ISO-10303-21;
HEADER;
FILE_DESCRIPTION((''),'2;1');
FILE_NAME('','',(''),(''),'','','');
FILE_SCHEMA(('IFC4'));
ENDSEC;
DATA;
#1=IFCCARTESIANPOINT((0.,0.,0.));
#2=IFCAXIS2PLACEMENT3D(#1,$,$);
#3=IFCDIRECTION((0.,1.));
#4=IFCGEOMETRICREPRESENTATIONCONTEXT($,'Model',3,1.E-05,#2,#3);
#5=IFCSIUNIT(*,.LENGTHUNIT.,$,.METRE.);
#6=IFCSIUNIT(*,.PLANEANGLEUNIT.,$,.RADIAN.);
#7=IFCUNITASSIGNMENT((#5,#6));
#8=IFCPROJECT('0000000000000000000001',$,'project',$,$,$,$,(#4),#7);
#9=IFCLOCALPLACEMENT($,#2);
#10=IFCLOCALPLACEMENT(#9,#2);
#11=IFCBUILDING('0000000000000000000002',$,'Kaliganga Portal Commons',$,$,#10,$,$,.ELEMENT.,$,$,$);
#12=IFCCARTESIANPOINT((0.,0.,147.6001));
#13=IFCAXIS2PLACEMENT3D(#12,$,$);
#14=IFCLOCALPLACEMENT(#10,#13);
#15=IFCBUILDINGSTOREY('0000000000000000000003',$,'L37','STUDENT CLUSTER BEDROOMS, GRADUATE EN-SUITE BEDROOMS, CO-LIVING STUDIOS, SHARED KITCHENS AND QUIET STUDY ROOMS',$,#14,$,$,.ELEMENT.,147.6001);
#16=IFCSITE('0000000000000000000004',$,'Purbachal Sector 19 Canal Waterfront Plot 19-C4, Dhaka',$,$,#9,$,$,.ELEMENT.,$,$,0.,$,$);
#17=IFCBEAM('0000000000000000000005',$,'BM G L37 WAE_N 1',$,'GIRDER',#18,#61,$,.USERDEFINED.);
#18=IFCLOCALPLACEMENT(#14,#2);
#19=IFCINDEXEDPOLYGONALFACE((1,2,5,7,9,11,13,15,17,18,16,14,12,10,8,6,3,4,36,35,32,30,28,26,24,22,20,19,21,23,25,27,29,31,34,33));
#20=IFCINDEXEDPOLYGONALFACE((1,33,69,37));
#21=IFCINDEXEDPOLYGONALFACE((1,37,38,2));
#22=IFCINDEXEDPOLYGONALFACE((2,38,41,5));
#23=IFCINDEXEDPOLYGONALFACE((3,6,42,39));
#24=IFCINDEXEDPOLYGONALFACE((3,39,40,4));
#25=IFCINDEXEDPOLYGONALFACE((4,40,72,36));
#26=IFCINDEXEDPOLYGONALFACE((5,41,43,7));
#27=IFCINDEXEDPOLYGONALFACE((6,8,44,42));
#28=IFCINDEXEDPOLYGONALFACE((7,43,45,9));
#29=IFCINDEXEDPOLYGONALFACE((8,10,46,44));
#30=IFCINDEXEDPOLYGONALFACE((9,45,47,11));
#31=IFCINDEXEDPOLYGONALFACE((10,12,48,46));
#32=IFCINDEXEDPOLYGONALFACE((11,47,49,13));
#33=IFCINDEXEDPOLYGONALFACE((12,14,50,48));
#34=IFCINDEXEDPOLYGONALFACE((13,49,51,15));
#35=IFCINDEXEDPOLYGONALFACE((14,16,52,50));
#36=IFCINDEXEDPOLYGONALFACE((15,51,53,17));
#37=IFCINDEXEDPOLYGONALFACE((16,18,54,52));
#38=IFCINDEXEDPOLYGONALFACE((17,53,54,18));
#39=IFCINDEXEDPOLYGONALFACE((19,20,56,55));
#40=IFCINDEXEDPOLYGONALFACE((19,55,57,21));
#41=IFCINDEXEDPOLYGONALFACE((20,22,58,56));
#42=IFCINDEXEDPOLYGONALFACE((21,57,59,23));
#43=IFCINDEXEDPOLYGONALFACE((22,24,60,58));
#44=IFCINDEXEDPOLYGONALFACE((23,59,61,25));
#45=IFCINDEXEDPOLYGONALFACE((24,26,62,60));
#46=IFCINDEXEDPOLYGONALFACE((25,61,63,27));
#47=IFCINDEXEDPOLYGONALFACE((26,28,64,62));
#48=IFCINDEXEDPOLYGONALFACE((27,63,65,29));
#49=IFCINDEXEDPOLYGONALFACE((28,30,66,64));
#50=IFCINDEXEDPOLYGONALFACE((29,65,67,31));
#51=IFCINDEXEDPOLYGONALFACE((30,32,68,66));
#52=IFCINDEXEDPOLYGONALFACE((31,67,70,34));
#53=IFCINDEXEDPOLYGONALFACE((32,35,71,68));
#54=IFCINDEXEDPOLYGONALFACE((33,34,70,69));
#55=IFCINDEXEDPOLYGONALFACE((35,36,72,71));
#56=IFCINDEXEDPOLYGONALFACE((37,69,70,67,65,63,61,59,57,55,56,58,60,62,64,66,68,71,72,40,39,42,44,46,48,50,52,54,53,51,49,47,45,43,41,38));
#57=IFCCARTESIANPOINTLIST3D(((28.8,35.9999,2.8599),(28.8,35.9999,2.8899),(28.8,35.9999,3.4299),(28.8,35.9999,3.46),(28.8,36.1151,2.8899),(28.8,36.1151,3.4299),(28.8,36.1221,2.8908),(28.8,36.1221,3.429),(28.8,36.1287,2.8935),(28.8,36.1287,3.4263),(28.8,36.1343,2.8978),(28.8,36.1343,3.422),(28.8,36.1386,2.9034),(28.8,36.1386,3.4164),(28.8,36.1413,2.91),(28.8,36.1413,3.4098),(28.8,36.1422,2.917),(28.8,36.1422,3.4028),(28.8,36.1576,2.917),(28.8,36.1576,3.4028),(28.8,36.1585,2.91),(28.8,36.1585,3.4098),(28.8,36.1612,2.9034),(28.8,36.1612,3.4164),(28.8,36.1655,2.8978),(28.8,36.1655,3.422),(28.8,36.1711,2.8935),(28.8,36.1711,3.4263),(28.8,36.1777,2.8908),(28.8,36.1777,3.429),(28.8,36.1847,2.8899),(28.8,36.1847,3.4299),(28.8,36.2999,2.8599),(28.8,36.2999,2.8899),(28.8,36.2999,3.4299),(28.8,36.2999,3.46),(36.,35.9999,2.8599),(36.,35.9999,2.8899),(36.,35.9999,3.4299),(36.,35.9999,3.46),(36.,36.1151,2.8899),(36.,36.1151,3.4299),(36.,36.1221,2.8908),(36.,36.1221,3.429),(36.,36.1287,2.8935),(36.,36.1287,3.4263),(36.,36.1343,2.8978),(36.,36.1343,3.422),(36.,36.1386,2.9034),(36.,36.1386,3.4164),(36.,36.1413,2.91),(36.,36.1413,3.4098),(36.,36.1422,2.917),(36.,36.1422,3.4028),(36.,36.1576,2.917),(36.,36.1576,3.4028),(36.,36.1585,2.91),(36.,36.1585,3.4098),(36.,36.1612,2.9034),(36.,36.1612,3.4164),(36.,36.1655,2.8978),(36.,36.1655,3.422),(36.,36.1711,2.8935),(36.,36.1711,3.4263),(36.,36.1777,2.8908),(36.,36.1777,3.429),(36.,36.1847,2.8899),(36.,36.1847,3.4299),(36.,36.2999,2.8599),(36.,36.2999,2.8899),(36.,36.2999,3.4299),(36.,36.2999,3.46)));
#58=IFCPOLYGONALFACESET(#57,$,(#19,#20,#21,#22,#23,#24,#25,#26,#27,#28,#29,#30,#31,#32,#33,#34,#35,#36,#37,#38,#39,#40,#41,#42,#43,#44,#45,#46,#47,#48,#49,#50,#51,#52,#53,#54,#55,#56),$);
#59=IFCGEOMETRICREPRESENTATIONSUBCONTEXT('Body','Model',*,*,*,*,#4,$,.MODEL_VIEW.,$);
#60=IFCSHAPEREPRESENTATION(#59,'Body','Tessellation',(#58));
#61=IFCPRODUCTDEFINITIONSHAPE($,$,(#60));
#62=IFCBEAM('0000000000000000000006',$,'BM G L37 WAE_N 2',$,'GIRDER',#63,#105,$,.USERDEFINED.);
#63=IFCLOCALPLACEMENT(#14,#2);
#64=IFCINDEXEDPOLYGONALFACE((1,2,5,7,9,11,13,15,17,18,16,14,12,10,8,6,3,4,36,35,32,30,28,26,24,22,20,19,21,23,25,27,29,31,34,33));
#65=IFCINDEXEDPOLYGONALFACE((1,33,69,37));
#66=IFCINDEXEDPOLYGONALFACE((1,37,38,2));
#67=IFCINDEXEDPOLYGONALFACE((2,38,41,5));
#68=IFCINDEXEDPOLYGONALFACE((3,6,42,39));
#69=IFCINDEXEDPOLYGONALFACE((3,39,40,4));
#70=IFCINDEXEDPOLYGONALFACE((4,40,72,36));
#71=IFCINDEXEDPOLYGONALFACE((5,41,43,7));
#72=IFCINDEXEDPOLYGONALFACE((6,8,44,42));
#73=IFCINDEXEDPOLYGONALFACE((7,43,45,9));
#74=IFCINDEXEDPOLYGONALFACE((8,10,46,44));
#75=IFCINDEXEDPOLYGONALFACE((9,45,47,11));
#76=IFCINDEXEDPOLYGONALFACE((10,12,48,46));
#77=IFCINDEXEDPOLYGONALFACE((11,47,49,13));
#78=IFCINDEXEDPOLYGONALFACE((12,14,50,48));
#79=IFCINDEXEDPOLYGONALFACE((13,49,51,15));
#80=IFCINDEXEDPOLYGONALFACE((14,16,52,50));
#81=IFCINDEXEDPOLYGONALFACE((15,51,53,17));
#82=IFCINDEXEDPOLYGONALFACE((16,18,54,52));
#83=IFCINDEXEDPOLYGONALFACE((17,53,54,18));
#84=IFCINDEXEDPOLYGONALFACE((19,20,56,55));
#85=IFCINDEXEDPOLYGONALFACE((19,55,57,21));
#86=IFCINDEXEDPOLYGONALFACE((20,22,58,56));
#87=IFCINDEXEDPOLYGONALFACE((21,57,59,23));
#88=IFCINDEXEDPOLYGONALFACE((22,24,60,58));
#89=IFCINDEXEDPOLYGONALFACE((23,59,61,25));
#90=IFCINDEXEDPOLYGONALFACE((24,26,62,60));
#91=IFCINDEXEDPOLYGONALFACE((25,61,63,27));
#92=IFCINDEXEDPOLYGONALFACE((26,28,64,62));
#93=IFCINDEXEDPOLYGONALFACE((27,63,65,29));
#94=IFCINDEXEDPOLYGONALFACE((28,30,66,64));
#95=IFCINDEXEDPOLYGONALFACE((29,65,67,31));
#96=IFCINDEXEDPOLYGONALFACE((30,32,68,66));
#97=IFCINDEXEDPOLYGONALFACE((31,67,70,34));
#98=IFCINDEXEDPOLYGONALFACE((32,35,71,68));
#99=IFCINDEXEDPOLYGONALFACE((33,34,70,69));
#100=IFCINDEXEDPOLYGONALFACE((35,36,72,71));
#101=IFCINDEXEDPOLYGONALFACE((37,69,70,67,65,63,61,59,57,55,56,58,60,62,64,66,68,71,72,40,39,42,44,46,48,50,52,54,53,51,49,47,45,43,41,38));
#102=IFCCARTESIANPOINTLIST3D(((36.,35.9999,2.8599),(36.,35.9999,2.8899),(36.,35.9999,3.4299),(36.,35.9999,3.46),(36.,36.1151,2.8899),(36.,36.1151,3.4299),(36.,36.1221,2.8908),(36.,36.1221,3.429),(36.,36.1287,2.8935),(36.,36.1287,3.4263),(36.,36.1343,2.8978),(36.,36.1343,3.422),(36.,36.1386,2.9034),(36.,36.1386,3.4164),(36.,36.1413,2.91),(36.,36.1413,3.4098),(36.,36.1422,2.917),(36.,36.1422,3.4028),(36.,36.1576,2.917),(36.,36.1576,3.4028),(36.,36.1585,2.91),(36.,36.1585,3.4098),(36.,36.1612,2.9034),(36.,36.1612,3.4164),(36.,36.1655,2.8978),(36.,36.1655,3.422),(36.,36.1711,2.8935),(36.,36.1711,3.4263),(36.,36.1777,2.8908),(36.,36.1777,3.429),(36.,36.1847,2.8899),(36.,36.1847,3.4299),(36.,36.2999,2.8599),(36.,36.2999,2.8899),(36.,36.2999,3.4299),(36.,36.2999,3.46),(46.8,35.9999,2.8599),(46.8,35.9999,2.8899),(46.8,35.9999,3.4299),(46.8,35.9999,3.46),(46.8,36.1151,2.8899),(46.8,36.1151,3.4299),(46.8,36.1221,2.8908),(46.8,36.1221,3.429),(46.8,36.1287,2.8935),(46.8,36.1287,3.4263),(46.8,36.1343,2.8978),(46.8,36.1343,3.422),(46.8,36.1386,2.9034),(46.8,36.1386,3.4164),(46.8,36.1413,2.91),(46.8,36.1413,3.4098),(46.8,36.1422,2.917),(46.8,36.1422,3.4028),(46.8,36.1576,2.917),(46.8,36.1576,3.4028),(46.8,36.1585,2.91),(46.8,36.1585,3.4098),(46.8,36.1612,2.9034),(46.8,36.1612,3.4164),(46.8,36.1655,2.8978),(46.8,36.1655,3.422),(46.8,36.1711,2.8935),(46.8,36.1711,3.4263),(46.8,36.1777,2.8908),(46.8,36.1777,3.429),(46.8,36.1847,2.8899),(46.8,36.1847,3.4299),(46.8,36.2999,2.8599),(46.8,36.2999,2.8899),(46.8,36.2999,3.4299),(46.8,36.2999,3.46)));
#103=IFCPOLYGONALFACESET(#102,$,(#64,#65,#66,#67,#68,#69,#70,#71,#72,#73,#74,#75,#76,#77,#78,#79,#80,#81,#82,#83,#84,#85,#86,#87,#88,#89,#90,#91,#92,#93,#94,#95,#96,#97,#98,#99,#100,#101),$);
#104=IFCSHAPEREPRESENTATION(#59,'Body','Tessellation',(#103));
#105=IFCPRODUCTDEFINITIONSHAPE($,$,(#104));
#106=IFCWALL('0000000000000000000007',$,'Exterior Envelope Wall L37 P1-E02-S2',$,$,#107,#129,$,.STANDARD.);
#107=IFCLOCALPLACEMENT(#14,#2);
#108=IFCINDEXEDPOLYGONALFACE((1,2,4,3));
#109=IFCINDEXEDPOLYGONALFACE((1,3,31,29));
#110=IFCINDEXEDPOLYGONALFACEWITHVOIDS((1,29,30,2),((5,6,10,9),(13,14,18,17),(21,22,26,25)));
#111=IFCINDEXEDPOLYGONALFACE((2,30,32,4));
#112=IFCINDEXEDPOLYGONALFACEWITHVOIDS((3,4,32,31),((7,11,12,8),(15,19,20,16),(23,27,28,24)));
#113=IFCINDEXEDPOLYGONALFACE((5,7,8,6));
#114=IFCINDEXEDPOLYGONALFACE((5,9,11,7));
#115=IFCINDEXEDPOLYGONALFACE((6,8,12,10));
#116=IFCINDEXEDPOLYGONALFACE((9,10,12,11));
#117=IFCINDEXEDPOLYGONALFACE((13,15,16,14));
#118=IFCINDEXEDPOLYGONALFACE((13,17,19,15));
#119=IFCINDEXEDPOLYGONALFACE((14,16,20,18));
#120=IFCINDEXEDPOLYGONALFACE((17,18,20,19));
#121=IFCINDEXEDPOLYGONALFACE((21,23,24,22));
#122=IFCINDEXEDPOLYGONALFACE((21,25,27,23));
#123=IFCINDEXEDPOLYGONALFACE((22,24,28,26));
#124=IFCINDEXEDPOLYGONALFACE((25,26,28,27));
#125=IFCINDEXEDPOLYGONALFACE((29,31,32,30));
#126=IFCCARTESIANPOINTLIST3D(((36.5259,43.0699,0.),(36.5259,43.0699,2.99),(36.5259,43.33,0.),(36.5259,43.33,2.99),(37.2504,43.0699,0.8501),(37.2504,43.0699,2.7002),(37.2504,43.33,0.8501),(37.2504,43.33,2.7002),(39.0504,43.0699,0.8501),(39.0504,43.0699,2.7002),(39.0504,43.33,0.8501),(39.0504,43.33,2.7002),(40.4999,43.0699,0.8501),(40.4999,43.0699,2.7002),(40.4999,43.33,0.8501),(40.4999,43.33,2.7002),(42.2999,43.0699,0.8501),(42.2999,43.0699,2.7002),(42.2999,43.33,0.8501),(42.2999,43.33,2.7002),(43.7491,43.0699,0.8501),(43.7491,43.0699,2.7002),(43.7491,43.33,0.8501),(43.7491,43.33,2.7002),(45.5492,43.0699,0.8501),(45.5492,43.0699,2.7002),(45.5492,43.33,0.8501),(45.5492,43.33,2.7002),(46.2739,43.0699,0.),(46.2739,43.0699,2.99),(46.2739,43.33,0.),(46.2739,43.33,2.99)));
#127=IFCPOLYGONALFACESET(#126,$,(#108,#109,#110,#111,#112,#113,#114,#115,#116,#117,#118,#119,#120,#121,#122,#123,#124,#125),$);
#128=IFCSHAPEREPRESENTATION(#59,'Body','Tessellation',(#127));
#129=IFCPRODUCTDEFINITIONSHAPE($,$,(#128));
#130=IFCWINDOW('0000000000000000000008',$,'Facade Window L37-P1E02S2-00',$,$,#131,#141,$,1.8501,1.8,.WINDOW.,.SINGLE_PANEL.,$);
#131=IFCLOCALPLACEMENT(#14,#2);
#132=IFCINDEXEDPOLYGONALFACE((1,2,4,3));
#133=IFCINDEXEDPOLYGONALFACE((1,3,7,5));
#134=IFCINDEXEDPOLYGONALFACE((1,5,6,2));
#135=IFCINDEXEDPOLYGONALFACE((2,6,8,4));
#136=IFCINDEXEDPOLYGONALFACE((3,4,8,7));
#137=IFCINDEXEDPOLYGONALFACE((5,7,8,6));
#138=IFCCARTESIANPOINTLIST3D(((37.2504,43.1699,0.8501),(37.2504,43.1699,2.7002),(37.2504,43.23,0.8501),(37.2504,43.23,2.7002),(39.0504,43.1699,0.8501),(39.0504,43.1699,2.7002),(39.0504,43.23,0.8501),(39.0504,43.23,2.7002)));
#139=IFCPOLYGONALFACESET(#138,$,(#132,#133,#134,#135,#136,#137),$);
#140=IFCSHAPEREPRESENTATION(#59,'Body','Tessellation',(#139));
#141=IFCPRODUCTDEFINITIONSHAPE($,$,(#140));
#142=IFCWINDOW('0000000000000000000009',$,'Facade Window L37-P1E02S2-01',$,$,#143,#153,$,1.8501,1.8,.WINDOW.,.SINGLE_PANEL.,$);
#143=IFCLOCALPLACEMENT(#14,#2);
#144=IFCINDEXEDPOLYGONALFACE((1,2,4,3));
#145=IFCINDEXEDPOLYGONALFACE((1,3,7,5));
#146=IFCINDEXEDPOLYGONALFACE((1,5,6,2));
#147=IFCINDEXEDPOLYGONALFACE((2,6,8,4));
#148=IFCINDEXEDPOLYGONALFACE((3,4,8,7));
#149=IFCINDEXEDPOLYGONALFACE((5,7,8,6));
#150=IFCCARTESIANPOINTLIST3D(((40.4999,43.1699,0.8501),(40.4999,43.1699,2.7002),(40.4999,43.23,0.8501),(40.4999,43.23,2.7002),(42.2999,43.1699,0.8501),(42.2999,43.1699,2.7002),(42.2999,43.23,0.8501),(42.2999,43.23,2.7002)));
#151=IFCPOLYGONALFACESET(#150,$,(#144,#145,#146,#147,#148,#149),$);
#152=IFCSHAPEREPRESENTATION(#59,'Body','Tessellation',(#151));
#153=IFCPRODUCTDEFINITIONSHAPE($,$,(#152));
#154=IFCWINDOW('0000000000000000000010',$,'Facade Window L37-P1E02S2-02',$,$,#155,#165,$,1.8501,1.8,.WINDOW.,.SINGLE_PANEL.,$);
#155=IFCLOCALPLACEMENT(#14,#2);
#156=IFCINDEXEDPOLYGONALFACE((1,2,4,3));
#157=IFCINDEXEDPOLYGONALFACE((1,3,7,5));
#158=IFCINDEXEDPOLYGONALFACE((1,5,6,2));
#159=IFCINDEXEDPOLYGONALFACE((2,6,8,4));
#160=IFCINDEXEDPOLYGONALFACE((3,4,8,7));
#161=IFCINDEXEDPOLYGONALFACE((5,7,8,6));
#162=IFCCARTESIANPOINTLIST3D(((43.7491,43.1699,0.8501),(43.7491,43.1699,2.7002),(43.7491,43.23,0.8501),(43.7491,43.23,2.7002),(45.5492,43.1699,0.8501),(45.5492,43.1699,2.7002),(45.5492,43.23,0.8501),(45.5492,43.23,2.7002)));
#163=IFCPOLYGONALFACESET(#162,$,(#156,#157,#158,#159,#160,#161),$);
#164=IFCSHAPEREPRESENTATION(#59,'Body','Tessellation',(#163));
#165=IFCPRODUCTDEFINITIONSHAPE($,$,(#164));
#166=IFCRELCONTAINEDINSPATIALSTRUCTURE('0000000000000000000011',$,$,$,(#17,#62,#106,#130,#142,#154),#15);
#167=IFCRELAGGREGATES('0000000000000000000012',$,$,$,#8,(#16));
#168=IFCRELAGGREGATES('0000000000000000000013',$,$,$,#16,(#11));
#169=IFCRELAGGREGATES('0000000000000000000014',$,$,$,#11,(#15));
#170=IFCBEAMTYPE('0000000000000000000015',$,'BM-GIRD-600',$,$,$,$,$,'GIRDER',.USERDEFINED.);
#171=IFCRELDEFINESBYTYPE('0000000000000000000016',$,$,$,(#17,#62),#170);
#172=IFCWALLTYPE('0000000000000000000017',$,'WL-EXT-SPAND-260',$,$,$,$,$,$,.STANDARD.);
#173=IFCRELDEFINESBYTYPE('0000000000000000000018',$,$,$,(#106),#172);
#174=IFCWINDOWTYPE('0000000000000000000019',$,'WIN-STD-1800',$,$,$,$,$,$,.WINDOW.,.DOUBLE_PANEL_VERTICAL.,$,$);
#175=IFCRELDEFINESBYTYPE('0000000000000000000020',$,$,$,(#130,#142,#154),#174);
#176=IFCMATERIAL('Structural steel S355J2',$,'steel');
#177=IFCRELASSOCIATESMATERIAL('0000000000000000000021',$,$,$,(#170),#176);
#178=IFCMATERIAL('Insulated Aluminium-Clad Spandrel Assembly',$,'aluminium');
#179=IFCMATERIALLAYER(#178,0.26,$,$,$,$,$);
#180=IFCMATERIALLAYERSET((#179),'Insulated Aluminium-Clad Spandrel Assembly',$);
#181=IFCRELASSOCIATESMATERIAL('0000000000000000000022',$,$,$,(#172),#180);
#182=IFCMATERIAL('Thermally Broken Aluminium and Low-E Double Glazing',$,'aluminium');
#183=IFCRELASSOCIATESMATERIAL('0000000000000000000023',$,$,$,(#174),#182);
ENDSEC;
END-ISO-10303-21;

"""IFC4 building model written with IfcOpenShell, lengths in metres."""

from ifc_helpers import new_model, si_unit, direction, frame, frame_2d, origin, origin_2d, place, context, subcontext, project, spatial, rectangle, i_section, extrude, source, transform, mapped, material, layer, layer_set, material_profile, profile_set, type_object, element, fill, save


model = new_model("IFC4")

# Units and contexts
model_context = context("Model", 3, precision=1e-05, world=origin(), true_north=direction((0.0, 1.0)))
body_context = subcontext(model_context, "Body", "Model", "MODEL_VIEW")
ifc_project = project(units=[si_unit("LENGTHUNIT", "METRE"), si_unit("PLANEANGLEUNIT", "RADIAN")], contexts=[model_context])

# Site, building, storey
site_placement = place(None, origin())
site = spatial("IfcSite", under=ifc_project, at=site_placement, Name="Purbachal Sector 19 Canal Waterfront Plot 19-C4, Dhaka", CompositionType="ELEMENT", RefElevation=0.0)
building_placement = place(site_placement, origin())
building = spatial("IfcBuilding", under=site, at=building_placement, Name="Kaliganga Portal Commons", CompositionType="ELEMENT")
storey_placement = place(building_placement, frame((0.0, 0.0, 147.6001)))
storey = spatial("IfcBuildingStorey", under=building, at=storey_placement, Name="L37", Description="STUDENT CLUSTER BEDROOMS, GRADUATE EN-SUITE BEDROOMS, CO-LIVING STUDIOS, SHARED KITCHENS AND QUIET STUDY ROOMS", CompositionType="ELEMENT", Elevation=147.6001)

# Beams
ifc_material_1 = material(Name="Structural steel S355J2", Category="steel")
ifc_material_profile_1 = material_profile(ifc_material_1, i_section(OverallWidth=0.3, OverallDepth=0.6001, WebThickness=0.0154, FlangeThickness=0.03, FilletRadius=0.0271, at=origin_2d()), Name="HE 600 B")
ifc_profile_set_1 = profile_set([ifc_material_profile_1], Name="Structural steel S355J2 wide-flange")
beam_type_1 = type_object("IfcBeamType", Name="BM-GIRD-600", ElementType="GIRDER", PredefinedType="USERDEFINED", material=ifc_profile_set_1)
shared_shape_1 = source(origin(), body_context, "Body", "SweptSolid", [
    extrude(i_section(OverallWidth=0.3, OverallDepth=0.6001, WebThickness=0.0154, FlangeThickness=0.03, FilletRadius=0.0271, at=origin_2d()), origin(), (0.0, 0.0, 1.0), 7.2),
])
beam_1_placement = place(storey_placement, frame((28.8, 36.1499, 3.1599), z_axis=(1.0, 0.0, 0.0), x_axis=(0.0, 1.0, 0.0)))
element("IfcBeam", 1, at=beam_1_placement, inside=storey, type_object=beam_type_1, Name="BM G L37 WAE_N 1", ObjectType="GIRDER", PredefinedType="USERDEFINED", context=body_context, shape_type="MappedRepresentation", body=[
    mapped(shared_shape_1, transform((0.0, 0.0, 0.0), x_axis=(1.0, 0.0, 0.0), y_axis=(0.0, 1.0, 0.0), z_axis=(0.0, 0.0, 1.0), scale=1.0)),
])
shared_shape_2 = source(origin(), body_context, "Body", "SweptSolid", [
    extrude(i_section(OverallWidth=0.3, OverallDepth=0.6001, WebThickness=0.0154, FlangeThickness=0.03, FilletRadius=0.0271, at=origin_2d()), origin(), (0.0, 0.0, 1.0), 10.8),
])
beam_2_placement = place(storey_placement, frame((36.0, 36.1499, 3.1599), z_axis=(1.0, 0.0, 0.0), x_axis=(0.0, 1.0, 0.0)))
element("IfcBeam", 2, at=beam_2_placement, inside=storey, type_object=beam_type_1, Name="BM G L37 WAE_N 2", ObjectType="GIRDER", PredefinedType="USERDEFINED", context=body_context, shape_type="MappedRepresentation", body=[
    mapped(shared_shape_2, transform((0.0, 0.0, 0.0), x_axis=(1.0, 0.0, 0.0), y_axis=(0.0, 1.0, 0.0), z_axis=(0.0, 0.0, 1.0), scale=1.0)),
])

# Wall, openings, windows
ifc_material_2 = material(Name="Insulated Aluminium-Clad Spandrel Assembly", Category="aluminium")
ifc_layer_1 = layer(ifc_material_2, 0.26)
ifc_layer_set_1 = layer_set([ifc_layer_1], Name="Insulated Aluminium-Clad Spandrel Assembly")
wall_type_1 = type_object("IfcWallType", Name="WL-EXT-SPAND-260", PredefinedType="STANDARD", material=ifc_layer_set_1)
wall_1_placement = place(storey_placement, frame((36.5259, 43.2, 0.0), z_axis=(0.0, 0.0, 1.0), x_axis=(1.0, 0.0, 0.0)))
wall_1 = element("IfcWall", 3, at=wall_1_placement, inside=storey, type_object=wall_type_1, Name="Exterior Envelope Wall L37 P1-E02-S2", PredefinedType="STANDARD", context=body_context, shape_type="SweptSolid", body=[
    extrude(rectangle(XDim=9.748, YDim=0.26, at=frame_2d((4.874, 0.0))), origin(), (0.0, 0.0, 1.0), 2.99),
])
opening_1_placement = place(wall_1_placement, frame((0.7246, 0.0, 0.8501)))
opening_1 = element("IfcOpeningElement", 4, at=opening_1_placement, cuts=wall_1, PredefinedType="OPENING", context=body_context, shape_type="SweptSolid", body=[
    extrude(rectangle(XDim=1.8, YDim=1.8501, at=frame_2d((0.8999, 0.925))), frame((0.0, 0.1401, 0.0), z_axis=(0.0, -1.0, 0.0), x_axis=(1.0, 0.0, 0.0)), (0.0, 0.0, 1.0), 0.28),
])
opening_2_placement = place(wall_1_placement, frame((3.9741, 0.0, 0.8501)))
opening_2 = element("IfcOpeningElement", 5, at=opening_2_placement, cuts=wall_1, PredefinedType="OPENING", context=body_context, shape_type="SweptSolid", body=[
    extrude(rectangle(XDim=1.8, YDim=1.8501, at=frame_2d((0.8999, 0.925))), frame((0.0, 0.1401, 0.0), z_axis=(0.0, -1.0, 0.0), x_axis=(1.0, 0.0, 0.0)), (0.0, 0.0, 1.0), 0.28),
])
opening_3_placement = place(wall_1_placement, frame((7.2234, 0.0, 0.8501)))
opening_3 = element("IfcOpeningElement", 6, at=opening_3_placement, cuts=wall_1, PredefinedType="OPENING", context=body_context, shape_type="SweptSolid", body=[
    extrude(rectangle(XDim=1.8, YDim=1.8501, at=frame_2d((0.8999, 0.925))), frame((0.0, 0.1401, 0.0), z_axis=(0.0, -1.0, 0.0), x_axis=(1.0, 0.0, 0.0)), (0.0, 0.0, 1.0), 0.28),
])
ifc_material_3 = material(Name="Thermally Broken Aluminium and Low-E Double Glazing", Category="aluminium")
window_type_1 = type_object("IfcWindowType", Name="WIN-STD-1800", PartitioningType="DOUBLE_PANEL_VERTICAL", PredefinedType="WINDOW", material=ifc_material_3)
window_1_placement = place(opening_1_placement, origin())
window_1 = element("IfcWindow", 7, at=window_1_placement, inside=storey, type_object=window_type_1, Name="Facade Window L37-P1E02S2-00", OverallHeight=1.8501, OverallWidth=1.8, PartitioningType="SINGLE_PANEL", PredefinedType="WINDOW", context=body_context, shape_type="SweptSolid", body=[
    extrude(rectangle(XDim=1.8, YDim=1.8501, at=frame_2d((0.8999, 0.925))), frame((0.0, 0.03, 0.0), z_axis=(0.0, -1.0, 0.0), x_axis=(1.0, 0.0, 0.0)), (0.0, 0.0, 1.0), 0.0601),
])
fill(opening_1, window_1)
window_2_placement = place(opening_2_placement, origin())
window_2 = element("IfcWindow", 8, at=window_2_placement, inside=storey, type_object=window_type_1, Name="Facade Window L37-P1E02S2-01", OverallHeight=1.8501, OverallWidth=1.8, PartitioningType="SINGLE_PANEL", PredefinedType="WINDOW", context=body_context, shape_type="SweptSolid", body=[
    extrude(rectangle(XDim=1.8, YDim=1.8501, at=frame_2d((0.8999, 0.925))), frame((0.0, 0.03, 0.0), z_axis=(0.0, -1.0, 0.0), x_axis=(1.0, 0.0, 0.0)), (0.0, 0.0, 1.0), 0.0601),
])
fill(opening_2, window_2)
window_3_placement = place(opening_3_placement, origin())
window_3 = element("IfcWindow", 9, at=window_3_placement, inside=storey, type_object=window_type_1, Name="Facade Window L37-P1E02S2-02", OverallHeight=1.8501, OverallWidth=1.8, PartitioningType="SINGLE_PANEL", PredefinedType="WINDOW", context=body_context, shape_type="SweptSolid", body=[
    extrude(rectangle(XDim=1.8, YDim=1.8501, at=frame_2d((0.8999, 0.925))), frame((0.0, 0.03, 0.0), z_axis=(0.0, -1.0, 0.0), x_axis=(1.0, 0.0, 0.0)), (0.0, 0.0, 1.0), 0.0601),
])
fill(opening_3, window_3)

save(model, "model.ifc")
